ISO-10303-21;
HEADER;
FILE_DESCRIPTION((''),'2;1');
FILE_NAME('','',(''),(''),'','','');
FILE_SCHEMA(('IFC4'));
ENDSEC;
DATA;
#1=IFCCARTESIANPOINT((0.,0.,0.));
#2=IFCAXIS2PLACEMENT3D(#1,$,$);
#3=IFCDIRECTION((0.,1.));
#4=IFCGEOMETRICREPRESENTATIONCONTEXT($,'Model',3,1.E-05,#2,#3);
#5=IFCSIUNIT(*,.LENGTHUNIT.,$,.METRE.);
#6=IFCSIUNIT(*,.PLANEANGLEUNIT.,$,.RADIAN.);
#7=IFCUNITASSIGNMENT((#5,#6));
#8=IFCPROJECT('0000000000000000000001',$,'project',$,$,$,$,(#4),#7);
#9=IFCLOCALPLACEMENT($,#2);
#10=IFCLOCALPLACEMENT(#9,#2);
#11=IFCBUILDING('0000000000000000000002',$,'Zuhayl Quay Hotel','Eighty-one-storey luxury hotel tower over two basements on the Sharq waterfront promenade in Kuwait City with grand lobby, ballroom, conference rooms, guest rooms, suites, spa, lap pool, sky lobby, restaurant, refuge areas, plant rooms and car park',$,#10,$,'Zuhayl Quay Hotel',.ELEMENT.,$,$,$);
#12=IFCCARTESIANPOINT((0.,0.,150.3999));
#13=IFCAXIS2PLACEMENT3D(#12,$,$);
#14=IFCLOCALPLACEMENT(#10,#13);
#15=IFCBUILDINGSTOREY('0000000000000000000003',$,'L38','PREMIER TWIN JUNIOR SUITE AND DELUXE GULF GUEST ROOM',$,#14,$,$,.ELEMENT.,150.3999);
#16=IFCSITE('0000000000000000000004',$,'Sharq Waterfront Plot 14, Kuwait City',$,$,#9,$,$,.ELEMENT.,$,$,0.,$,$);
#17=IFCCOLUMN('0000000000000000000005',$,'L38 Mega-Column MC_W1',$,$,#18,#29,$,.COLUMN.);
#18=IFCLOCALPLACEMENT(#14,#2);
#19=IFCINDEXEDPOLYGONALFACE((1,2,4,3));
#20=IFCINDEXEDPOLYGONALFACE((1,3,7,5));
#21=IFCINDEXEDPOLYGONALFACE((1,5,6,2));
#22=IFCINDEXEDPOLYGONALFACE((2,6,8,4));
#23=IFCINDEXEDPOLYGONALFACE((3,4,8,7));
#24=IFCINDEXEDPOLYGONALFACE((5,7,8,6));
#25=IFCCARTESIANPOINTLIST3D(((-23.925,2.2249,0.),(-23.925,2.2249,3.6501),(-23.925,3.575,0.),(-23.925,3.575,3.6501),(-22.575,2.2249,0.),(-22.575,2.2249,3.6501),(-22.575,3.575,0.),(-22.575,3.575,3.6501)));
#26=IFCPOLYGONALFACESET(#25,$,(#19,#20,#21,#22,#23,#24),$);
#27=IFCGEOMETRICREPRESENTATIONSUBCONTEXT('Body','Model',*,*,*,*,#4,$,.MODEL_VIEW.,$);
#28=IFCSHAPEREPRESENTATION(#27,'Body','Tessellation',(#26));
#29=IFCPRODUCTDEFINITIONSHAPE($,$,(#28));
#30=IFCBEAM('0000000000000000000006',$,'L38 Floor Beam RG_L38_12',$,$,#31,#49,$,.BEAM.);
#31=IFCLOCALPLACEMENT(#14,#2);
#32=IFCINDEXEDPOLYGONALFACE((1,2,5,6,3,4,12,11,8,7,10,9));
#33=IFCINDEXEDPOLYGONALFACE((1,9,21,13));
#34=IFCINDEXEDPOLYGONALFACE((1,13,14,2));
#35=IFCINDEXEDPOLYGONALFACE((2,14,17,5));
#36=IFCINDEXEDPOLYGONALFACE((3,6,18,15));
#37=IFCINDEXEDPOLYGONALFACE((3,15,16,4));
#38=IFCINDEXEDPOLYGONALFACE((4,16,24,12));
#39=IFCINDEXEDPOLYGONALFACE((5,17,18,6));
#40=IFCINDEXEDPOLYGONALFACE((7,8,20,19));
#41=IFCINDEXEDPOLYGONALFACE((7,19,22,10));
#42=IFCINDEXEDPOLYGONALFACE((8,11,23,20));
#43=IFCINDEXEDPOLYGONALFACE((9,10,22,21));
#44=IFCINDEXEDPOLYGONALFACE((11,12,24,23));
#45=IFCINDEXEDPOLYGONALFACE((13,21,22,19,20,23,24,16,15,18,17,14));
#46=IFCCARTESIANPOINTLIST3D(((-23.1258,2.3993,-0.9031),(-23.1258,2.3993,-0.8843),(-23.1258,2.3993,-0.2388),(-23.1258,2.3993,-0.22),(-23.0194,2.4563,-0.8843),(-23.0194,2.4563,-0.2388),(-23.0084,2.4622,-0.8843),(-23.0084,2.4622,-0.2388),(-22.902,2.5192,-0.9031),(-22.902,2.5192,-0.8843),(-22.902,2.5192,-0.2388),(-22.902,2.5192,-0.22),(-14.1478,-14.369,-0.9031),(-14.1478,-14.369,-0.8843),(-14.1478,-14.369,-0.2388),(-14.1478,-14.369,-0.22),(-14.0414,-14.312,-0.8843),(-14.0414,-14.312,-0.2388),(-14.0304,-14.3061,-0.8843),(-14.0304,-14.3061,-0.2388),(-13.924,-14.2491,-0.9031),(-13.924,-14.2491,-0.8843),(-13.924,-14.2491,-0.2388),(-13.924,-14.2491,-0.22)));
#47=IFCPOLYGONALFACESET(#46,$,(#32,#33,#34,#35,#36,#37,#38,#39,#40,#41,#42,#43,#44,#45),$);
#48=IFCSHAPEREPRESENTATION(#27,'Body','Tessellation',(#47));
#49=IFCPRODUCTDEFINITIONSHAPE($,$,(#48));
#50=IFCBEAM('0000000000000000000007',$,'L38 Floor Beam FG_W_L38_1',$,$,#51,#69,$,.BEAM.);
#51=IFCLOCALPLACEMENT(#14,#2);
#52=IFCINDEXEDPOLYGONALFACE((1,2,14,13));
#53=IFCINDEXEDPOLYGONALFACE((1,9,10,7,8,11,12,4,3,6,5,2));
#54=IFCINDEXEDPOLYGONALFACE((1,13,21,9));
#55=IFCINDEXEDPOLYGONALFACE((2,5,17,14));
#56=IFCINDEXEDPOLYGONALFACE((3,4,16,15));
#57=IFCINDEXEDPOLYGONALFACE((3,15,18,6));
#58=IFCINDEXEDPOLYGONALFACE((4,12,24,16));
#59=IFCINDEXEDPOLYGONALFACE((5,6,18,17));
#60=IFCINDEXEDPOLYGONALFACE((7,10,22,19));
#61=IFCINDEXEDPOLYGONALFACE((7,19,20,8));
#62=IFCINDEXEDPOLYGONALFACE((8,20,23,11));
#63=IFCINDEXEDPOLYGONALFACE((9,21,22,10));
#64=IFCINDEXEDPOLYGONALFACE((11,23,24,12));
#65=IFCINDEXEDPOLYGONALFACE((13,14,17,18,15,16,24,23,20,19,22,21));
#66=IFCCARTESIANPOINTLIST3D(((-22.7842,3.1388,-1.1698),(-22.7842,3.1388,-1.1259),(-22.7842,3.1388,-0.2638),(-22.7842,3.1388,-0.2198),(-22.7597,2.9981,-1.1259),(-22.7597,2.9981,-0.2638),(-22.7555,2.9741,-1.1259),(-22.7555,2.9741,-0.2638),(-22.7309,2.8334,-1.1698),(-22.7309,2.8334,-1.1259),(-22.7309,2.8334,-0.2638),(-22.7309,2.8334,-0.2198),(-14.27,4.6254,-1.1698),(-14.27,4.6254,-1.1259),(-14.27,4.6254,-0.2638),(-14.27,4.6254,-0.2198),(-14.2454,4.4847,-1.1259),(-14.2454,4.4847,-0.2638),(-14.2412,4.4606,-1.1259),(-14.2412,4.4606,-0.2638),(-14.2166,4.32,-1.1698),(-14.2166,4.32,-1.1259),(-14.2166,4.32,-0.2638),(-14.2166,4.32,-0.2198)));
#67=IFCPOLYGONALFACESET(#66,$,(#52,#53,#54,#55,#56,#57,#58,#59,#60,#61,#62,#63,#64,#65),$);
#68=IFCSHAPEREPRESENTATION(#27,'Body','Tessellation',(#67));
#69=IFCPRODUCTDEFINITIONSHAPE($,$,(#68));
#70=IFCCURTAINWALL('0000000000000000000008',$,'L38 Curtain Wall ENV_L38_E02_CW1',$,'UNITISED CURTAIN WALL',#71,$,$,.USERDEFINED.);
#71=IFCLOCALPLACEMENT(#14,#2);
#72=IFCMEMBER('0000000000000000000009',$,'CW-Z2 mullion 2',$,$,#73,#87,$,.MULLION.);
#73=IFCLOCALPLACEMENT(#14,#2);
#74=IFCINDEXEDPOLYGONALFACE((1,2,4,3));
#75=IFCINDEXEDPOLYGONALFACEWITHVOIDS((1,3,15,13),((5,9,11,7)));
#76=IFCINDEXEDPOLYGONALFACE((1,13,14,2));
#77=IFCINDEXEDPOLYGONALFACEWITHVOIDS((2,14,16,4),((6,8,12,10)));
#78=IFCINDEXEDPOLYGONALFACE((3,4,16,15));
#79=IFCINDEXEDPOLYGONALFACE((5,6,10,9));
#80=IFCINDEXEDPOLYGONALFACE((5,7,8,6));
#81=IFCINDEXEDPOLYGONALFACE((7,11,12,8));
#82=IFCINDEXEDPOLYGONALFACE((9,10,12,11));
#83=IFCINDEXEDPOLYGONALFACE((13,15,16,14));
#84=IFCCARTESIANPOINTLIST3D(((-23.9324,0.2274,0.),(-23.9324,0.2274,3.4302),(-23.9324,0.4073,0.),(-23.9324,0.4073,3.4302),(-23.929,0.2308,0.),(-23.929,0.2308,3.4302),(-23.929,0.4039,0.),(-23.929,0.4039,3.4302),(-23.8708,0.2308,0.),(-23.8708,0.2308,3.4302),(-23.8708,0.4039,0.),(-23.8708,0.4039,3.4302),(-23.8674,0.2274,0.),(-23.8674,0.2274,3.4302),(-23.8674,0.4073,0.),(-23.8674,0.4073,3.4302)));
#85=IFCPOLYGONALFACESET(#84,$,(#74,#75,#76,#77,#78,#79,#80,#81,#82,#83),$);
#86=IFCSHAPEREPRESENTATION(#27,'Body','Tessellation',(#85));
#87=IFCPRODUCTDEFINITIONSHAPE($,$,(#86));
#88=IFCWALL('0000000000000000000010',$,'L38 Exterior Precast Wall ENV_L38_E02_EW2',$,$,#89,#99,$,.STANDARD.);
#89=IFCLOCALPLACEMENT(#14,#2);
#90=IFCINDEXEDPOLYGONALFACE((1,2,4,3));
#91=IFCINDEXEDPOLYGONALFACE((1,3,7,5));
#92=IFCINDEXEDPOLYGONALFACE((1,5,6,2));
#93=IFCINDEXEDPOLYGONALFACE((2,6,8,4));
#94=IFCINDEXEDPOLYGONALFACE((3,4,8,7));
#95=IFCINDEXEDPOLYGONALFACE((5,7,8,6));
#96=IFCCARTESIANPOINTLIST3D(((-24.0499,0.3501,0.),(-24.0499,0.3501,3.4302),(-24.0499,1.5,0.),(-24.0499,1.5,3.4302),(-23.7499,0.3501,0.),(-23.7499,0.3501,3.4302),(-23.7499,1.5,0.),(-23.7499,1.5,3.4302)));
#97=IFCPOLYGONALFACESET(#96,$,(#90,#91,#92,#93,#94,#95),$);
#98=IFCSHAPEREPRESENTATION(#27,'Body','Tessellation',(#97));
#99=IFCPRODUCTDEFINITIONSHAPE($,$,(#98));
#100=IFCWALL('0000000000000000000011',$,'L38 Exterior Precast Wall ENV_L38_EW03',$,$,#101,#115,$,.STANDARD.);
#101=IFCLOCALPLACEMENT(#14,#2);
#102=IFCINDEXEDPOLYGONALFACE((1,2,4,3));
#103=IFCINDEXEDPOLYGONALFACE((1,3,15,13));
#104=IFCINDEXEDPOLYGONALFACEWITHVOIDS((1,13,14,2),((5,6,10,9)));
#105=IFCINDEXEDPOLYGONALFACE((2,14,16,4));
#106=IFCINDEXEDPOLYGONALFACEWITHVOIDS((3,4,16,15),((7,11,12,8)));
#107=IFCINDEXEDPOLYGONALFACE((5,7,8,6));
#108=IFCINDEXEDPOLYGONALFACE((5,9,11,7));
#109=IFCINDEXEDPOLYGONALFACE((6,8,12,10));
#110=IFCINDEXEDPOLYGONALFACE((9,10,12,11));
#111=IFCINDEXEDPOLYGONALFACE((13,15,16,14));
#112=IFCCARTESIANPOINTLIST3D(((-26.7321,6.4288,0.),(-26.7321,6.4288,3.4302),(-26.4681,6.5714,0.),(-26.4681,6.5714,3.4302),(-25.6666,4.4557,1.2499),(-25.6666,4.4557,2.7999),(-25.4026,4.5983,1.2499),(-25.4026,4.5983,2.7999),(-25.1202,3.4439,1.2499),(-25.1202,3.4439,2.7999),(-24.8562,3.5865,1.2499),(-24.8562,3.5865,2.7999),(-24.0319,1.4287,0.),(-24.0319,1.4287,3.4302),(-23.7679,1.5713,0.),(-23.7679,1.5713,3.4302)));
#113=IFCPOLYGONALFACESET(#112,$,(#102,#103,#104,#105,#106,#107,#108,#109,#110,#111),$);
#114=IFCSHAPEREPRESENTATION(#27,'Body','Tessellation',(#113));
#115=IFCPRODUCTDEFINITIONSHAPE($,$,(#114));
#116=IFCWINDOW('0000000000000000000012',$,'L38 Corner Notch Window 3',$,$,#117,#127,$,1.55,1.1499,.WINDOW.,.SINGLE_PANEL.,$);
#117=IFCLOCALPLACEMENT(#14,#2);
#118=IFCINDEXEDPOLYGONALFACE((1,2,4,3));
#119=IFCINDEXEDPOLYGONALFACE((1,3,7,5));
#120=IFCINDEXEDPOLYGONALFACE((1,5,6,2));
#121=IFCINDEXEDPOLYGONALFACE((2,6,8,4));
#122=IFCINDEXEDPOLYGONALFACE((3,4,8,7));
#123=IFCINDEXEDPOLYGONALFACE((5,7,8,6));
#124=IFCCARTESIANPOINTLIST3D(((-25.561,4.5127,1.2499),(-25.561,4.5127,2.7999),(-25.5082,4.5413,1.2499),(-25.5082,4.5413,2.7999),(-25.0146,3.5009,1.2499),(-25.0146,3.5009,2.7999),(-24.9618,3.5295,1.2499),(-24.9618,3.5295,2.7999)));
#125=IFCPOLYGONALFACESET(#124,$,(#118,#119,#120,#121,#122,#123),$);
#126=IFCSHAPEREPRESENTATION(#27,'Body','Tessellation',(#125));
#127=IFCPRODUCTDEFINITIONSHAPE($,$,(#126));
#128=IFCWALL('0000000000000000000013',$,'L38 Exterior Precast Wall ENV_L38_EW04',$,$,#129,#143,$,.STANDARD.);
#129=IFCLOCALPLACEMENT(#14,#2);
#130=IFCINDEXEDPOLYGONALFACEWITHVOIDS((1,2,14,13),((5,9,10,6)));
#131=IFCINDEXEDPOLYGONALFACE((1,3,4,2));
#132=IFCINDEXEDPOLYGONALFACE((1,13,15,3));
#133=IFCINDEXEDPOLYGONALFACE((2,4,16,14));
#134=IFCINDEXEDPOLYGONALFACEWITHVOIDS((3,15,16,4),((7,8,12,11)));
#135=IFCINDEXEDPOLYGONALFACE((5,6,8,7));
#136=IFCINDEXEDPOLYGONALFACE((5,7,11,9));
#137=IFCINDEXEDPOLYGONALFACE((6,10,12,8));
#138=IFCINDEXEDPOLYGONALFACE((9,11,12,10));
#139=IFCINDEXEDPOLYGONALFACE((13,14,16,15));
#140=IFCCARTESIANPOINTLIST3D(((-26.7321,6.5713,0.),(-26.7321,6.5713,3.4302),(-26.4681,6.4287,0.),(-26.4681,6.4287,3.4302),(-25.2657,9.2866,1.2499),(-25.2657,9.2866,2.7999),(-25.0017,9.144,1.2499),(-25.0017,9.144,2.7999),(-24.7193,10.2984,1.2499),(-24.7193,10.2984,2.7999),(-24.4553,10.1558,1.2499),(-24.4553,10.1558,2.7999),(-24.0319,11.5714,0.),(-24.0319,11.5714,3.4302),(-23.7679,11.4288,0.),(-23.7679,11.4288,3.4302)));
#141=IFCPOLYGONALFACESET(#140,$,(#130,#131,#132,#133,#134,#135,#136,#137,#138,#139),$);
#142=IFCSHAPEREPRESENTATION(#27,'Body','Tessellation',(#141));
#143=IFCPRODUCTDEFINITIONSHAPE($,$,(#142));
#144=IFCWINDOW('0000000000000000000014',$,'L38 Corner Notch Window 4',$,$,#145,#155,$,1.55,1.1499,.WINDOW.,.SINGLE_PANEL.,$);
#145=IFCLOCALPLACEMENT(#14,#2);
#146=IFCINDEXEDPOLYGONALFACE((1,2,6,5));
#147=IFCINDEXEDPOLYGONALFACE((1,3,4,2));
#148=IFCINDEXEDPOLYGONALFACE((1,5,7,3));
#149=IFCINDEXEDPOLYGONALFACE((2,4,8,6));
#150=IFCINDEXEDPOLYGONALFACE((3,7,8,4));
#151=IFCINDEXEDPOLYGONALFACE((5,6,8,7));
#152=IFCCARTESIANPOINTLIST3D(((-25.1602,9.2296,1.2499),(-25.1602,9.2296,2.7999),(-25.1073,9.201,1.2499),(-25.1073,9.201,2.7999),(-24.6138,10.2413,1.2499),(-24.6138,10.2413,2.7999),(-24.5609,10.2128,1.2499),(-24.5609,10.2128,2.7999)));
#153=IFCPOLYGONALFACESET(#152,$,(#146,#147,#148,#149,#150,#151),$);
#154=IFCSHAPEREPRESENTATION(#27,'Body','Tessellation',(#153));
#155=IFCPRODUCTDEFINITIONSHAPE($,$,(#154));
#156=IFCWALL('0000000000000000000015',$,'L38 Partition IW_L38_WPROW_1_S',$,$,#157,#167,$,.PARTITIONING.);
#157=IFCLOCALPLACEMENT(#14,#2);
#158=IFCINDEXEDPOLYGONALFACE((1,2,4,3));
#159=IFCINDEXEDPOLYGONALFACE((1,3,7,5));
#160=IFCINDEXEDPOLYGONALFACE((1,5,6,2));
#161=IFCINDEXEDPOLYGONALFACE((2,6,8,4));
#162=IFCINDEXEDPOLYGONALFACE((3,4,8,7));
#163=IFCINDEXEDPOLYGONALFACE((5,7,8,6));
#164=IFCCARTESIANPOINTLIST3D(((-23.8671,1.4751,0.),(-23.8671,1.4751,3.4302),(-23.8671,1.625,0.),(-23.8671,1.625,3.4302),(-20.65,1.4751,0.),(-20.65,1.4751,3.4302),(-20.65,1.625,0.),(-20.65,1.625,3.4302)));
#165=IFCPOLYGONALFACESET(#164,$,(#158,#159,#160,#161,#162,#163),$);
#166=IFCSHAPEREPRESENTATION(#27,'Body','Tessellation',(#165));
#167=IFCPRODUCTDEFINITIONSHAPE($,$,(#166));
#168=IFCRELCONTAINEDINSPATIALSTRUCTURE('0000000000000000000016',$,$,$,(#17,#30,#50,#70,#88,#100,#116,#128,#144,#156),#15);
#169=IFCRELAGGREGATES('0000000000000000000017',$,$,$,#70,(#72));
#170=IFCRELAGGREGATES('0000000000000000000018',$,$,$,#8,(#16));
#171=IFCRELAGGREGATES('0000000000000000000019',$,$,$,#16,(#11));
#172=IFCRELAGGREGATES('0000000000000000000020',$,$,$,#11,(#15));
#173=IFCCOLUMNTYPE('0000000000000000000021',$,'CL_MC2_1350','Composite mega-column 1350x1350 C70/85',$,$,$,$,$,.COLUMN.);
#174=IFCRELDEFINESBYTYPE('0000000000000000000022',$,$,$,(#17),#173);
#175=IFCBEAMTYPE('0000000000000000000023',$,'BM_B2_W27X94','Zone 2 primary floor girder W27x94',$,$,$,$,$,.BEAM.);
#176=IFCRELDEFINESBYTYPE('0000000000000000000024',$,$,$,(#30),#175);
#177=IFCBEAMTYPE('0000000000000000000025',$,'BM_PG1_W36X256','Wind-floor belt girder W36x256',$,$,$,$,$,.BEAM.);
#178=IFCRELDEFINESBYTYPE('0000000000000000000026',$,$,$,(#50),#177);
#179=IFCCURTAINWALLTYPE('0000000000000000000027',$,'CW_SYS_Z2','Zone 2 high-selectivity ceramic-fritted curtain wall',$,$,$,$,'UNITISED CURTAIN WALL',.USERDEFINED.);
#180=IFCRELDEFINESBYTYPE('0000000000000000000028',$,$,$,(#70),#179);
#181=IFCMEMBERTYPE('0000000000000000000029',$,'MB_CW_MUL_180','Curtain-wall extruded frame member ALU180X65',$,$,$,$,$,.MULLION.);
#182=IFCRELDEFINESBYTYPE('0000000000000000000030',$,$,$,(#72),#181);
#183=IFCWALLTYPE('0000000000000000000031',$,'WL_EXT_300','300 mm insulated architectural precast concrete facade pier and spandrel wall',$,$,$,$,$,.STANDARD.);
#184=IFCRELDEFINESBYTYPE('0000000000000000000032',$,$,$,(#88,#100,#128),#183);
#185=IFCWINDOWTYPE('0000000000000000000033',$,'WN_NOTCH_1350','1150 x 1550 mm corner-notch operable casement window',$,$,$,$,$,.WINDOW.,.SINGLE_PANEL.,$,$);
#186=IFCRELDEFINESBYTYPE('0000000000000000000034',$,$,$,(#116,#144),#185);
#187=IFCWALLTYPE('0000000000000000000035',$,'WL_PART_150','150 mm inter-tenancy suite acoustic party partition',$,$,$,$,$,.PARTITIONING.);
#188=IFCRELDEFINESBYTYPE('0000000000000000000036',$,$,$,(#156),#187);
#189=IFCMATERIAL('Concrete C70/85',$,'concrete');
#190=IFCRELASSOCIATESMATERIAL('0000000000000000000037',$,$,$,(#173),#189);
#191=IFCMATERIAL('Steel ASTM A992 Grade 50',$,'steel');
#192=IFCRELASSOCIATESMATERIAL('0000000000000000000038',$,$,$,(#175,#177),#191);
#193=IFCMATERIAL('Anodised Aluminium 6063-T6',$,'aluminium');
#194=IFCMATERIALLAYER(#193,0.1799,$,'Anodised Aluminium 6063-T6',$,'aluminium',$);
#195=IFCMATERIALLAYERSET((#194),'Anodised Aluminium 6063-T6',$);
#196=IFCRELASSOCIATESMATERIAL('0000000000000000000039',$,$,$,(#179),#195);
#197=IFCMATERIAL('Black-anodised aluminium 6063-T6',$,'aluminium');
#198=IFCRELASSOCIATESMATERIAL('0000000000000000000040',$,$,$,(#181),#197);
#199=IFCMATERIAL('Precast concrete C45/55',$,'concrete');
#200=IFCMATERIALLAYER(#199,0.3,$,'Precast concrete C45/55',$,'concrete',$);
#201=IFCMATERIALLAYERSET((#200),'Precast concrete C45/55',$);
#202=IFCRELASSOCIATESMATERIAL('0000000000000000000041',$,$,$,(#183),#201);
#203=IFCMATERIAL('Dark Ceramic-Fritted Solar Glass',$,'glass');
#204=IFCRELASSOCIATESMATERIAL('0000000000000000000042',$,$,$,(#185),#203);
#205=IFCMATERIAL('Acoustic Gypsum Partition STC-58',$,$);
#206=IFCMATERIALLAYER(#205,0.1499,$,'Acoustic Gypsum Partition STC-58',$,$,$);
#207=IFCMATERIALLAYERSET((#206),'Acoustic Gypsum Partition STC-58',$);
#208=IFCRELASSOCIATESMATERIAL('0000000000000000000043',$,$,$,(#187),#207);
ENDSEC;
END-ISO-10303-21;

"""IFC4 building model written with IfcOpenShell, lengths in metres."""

from ifc_helpers import new_model, si_unit, direction, frame, frame_2d, origin, origin_2d, place, context, subcontext, project, spatial, rectangle, hollow_rectangle, i_section, extrude, material, layer, layer_set, material_profile, profile_set, type_object, element, fill, aggregate, save


model = new_model("IFC4")

# Units and contexts
model_context = context("Model", 3, precision=1e-05, world=origin(), true_north=direction((0.0, 1.0)))
body_context = subcontext(model_context, "Body", "Model", "MODEL_VIEW")
ifc_project = project(units=[si_unit("LENGTHUNIT", "METRE"), si_unit("PLANEANGLEUNIT", "RADIAN")], contexts=[model_context])

# Site, building, storey
site_placement = place(None, origin())
site = spatial("IfcSite", under=ifc_project, at=site_placement, Name="Sharq Waterfront Plot 14, Kuwait City", CompositionType="ELEMENT", RefElevation=0.0)
building_placement = place(site_placement, origin())
building = spatial("IfcBuilding", under=site, at=building_placement, Name="Zuhayl Quay Hotel", Description="Eighty-one-storey luxury hotel tower over two basements on the Sharq waterfront promenade in Kuwait City with grand lobby, ballroom, conference rooms, guest rooms, suites, spa, lap pool, sky lobby, restaurant, refuge areas, plant rooms and car park", LongName="Zuhayl Quay Hotel", CompositionType="ELEMENT")
storey_placement = place(building_placement, frame((0.0, 0.0, 150.3999)))
storey = spatial("IfcBuildingStorey", under=building, at=storey_placement, Name="L38", Description="PREMIER TWIN JUNIOR SUITE AND DELUXE GULF GUEST ROOM", CompositionType="ELEMENT", Elevation=150.3999)

# Column
ifc_material_1 = material(Name="Concrete C70/85", Category="concrete")
ifc_material_profile_1 = material_profile(ifc_material_1, rectangle(XDim=1.3501, YDim=1.3501, at=origin_2d()), Name="RC1350X1350")
ifc_profile_set_1 = profile_set([ifc_material_profile_1], Name="Concrete C70/85")
column_type = type_object("IfcColumnType", Name="CL_MC2_1350", Description="Composite mega-column 1350x1350 C70/85", PredefinedType="COLUMN", material=ifc_profile_set_1)
column_placement = place(storey_placement, frame((-23.25, 2.8999, 0.0), z_axis=(0.0, 0.0, 1.0), x_axis=(1.0, 0.0, 0.0)))
element("IfcColumn", 1, at=column_placement, inside=storey, type_object=column_type, Name="L38 Mega-Column MC_W1", PredefinedType="COLUMN", context=body_context, shape_type="SweptSolid", body=[
    extrude(rectangle(XDim=1.3501, YDim=1.3501, at=origin_2d()), origin(), (0.0, 0.0, 1.0), 3.6501),
])

# Beams
ifc_material_2 = material(Name="Steel ASTM A992 Grade 50", Category="steel")
ifc_material_profile_2 = material_profile(ifc_material_2, i_section(OverallWidth=0.2539, OverallDepth=0.6831, WebThickness=0.0125, FlangeThickness=0.0188, at=origin_2d()), Name="W27X94")
ifc_profile_set_2 = profile_set([ifc_material_profile_2], Name="Steel ASTM A992 Grade 50")
beam_type_1 = type_object("IfcBeamType", Name="BM_B2_W27X94", Description="Zone 2 primary floor girder W27x94", PredefinedType="BEAM", material=ifc_profile_set_2)
beam_1_placement = place(storey_placement, frame((-23.0139, 2.4592, -0.5615), z_axis=(0.472017, -0.881589, 0.0), x_axis=(0.881589, 0.472017, 0.0)))
element("IfcBeam", 2, at=beam_1_placement, inside=storey, type_object=beam_type_1, Name="L38 Floor Beam RG_L38_12", PredefinedType="BEAM", context=body_context, shape_type="SweptSolid", body=[
    extrude(i_section(OverallWidth=0.2539, OverallDepth=0.6831, WebThickness=0.0125, FlangeThickness=0.0188, at=origin_2d()), origin(), (0.0, 0.0, 1.0), 19.0205),
])
ifc_material_profile_3 = material_profile(ifc_material_2, i_section(OverallWidth=0.3101, OverallDepth=0.95, WebThickness=0.0244, FlangeThickness=0.0439, at=origin_2d()), Name="W36X256")
ifc_profile_set_3 = profile_set([ifc_material_profile_3], Name="Steel ASTM A992 Grade 50")
beam_type_2 = type_object("IfcBeamType", Name="BM_PG1_W36X256", Description="Wind-floor belt girder W36x256", PredefinedType="BEAM", material=ifc_profile_set_3)
beam_2_placement = place(storey_placement, frame((-22.7576, 2.9861, -0.6948), z_axis=(0.985097, 0.171998, 0.0), x_axis=(-0.171998, 0.985097, 0.0)))
element("IfcBeam", 3, at=beam_2_placement, inside=storey, type_object=beam_type_2, Name="L38 Floor Beam FG_W_L38_1", PredefinedType="BEAM", context=body_context, shape_type="SweptSolid", body=[
    extrude(i_section(OverallWidth=0.3101, OverallDepth=0.95, WebThickness=0.0244, FlangeThickness=0.0439, at=origin_2d()), origin(), (0.0, 0.0, 1.0), 8.6431),
])

# Curtain wall, member
ifc_material_3 = material(Name="Anodised Aluminium 6063-T6", Category="aluminium")
ifc_layer_1 = layer(ifc_material_3, 0.1799, Name="Anodised Aluminium 6063-T6", Category="aluminium")
ifc_layer_set_1 = layer_set([ifc_layer_1], Name="Anodised Aluminium 6063-T6")
curtain_wall_type = type_object("IfcCurtainWallType", Name="CW_SYS_Z2", Description="Zone 2 high-selectivity ceramic-fritted curtain wall", ElementType="UNITISED CURTAIN WALL", PredefinedType="USERDEFINED", material=ifc_layer_set_1)
curtain_wall_placement = place(storey_placement, origin())
curtain_wall = element("IfcCurtainWall", 4, at=curtain_wall_placement, inside=storey, type_object=curtain_wall_type, Name="L38 Curtain Wall ENV_L38_E02_CW1", ObjectType="UNITISED CURTAIN WALL", PredefinedType="USERDEFINED")
ifc_material_4 = material(Name="Black-anodised aluminium 6063-T6", Category="aluminium")
ifc_material_profile_4 = material_profile(ifc_material_4, hollow_rectangle(XDim=0.0649, YDim=0.1799, WallThickness=0.0034, at=origin_2d()), Name="ALU180X65")
ifc_profile_set_4 = profile_set([ifc_material_profile_4], Name="Black-anodised aluminium 6063-T6")
member_type = type_object("IfcMemberType", Name="MB_CW_MUL_180", Description="Curtain-wall extruded frame member ALU180X65", PredefinedType="MULLION", material=ifc_profile_set_4)
member_placement = place(storey_placement, frame((-23.8999, 0.3174, 0.0), z_axis=(0.0, 0.0, 1.0), x_axis=(-1.0, 0.0, 0.0)))
member = element("IfcMember", 5, at=member_placement, type_object=member_type, Name="CW-Z2 mullion 2", PredefinedType="MULLION", context=body_context, shape_type="SweptSolid", body=[
    extrude(hollow_rectangle(XDim=0.0649, YDim=0.1799, WallThickness=0.0034, at=origin_2d()), origin(), (0.0, 0.0, 1.0), 3.4302),
])
aggregate(curtain_wall, [member])

# Wall
ifc_material_5 = material(Name="Precast concrete C45/55", Category="concrete")
ifc_layer_2 = layer(ifc_material_5, 0.3, Name="Precast concrete C45/55", Category="concrete")
ifc_layer_set_2 = layer_set([ifc_layer_2], Name="Precast concrete C45/55")
wall_type_1 = type_object("IfcWallType", Name="WL_EXT_300", Description="300 mm insulated architectural precast concrete facade pier and spandrel wall", PredefinedType="STANDARD", material=ifc_layer_set_2)
wall_1_placement = place(storey_placement, frame((-23.8999, 0.3501, 0.0), z_axis=(0.0, 0.0, 1.0), x_axis=(0.0, 1.0, 0.0)))
element("IfcWall", 6, at=wall_1_placement, inside=storey, type_object=wall_type_1, Name="L38 Exterior Precast Wall ENV_L38_E02_EW2", PredefinedType="STANDARD", context=body_context, shape_type="SweptSolid", body=[
    extrude(rectangle(XDim=1.1499, YDim=0.3, at=frame_2d((0.575, 0.0))), origin(), (0.0, 0.0, 1.0), 3.4302),
])

# Walls, openings, windows
wall_2_placement = place(storey_placement, frame((-23.8999, 1.5, 0.0), z_axis=(0.0, 0.0, 1.0), x_axis=(-0.475176, 0.879891, 0.0)))
wall_2 = element("IfcWall", 7, at=wall_2_placement, inside=storey, type_object=wall_type_1, Name="L38 Exterior Precast Wall ENV_L38_EW03", PredefinedType="STANDARD", context=body_context, shape_type="SweptSolid", body=[
    extrude(rectangle(XDim=5.6826, YDim=0.3, at=frame_2d((2.8413, 0.0))), origin(), (0.0, 0.0, 1.0), 3.4302),
])
opening_1_placement = place(wall_2_placement, frame((2.2903, 0.0, 1.25)))
opening_1 = element("IfcOpeningElement", 8, at=opening_1_placement, cuts=wall_2, PredefinedType="OPENING", context=body_context, shape_type="SweptSolid", body=[
    extrude(rectangle(XDim=1.1499, YDim=1.55, at=frame_2d((0.575, 0.7749))), frame((0.0, 0.1599, 0.0), z_axis=(0.0, -1.0, 0.0), x_axis=(1.0, 0.0, 0.0)), (0.0, 0.0, 1.0), 0.3201),
])
ifc_material_6 = material(Name="Dark Ceramic-Fritted Solar Glass", Category="glass")
window_type = type_object("IfcWindowType", Name="WN_NOTCH_1350", Description="1150 x 1550 mm corner-notch operable casement window", PartitioningType="SINGLE_PANEL", PredefinedType="WINDOW", material=ifc_material_6)
window_1_placement = place(opening_1_placement, origin())
window_1 = element("IfcWindow", 9, at=window_1_placement, inside=storey, type_object=window_type, Name="L38 Corner Notch Window 3", OverallHeight=1.55, OverallWidth=1.1499, PartitioningType="SINGLE_PANEL", PredefinedType="WINDOW", context=body_context, shape_type="SweptSolid", body=[
    extrude(rectangle(XDim=1.1499, YDim=1.55, at=frame_2d((0.575, 0.7749))), frame((0.0, 0.03, 0.0), z_axis=(0.0, -1.0, 0.0), x_axis=(1.0, 0.0, 0.0)), (0.0, 0.0, 1.0), 0.0601),
])
fill(opening_1, window_1)
wall_3_placement = place(storey_placement, frame((-26.6001, 6.5, 0.0), z_axis=(0.0, 0.0, 1.0), x_axis=(0.475176, 0.879891, 0.0)))
wall_3 = element("IfcWall", 10, at=wall_3_placement, inside=storey, type_object=wall_type_1, Name="L38 Exterior Precast Wall ENV_L38_EW04", PredefinedType="STANDARD", context=body_context, shape_type="SweptSolid", body=[
    extrude(rectangle(XDim=5.6826, YDim=0.3, at=frame_2d((2.8413, 0.0))), origin(), (0.0, 0.0, 1.0), 3.4302),
])
opening_2_placement = place(wall_3_placement, frame((3.0859, 0.0, 1.25)))
opening_2 = element("IfcOpeningElement", 11, at=opening_2_placement, cuts=wall_3, PredefinedType="OPENING", context=body_context, shape_type="SweptSolid", body=[
    extrude(rectangle(XDim=1.1499, YDim=1.55, at=frame_2d((0.575, 0.7749))), frame((0.0, 0.1599, 0.0), z_axis=(0.0, -1.0, 0.0), x_axis=(1.0, 0.0, 0.0)), (0.0, 0.0, 1.0), 0.3201),
])
window_2_placement = place(opening_2_placement, origin())
window_2 = element("IfcWindow", 12, at=window_2_placement, inside=storey, type_object=window_type, Name="L38 Corner Notch Window 4", OverallHeight=1.55, OverallWidth=1.1499, PartitioningType="SINGLE_PANEL", PredefinedType="WINDOW", context=body_context, shape_type="SweptSolid", body=[
    extrude(rectangle(XDim=1.1499, YDim=1.55, at=frame_2d((0.575, 0.7749))), frame((0.0, 0.03, 0.0), z_axis=(0.0, -1.0, 0.0), x_axis=(1.0, 0.0, 0.0)), (0.0, 0.0, 1.0), 0.0601),
])
fill(opening_2, window_2)

# Wall
ifc_material_7 = material(Name="Acoustic Gypsum Partition STC-58")
ifc_layer_3 = layer(ifc_material_7, 0.1499, Name="Acoustic Gypsum Partition STC-58")
ifc_layer_set_3 = layer_set([ifc_layer_3], Name="Acoustic Gypsum Partition STC-58")
wall_type_2 = type_object("IfcWallType", Name="WL_PART_150", Description="150 mm inter-tenancy suite acoustic party partition", PredefinedType="PARTITIONING", material=ifc_layer_set_3)
wall_4_placement = place(storey_placement, frame((-23.8669, 1.55, 0.0), z_axis=(0.0, 0.0, 1.0), x_axis=(1.0, 0.0, 0.0)))
element("IfcWall", 13, at=wall_4_placement, inside=storey, type_object=wall_type_2, Name="L38 Partition IW_L38_WPROW_1_S", PredefinedType="PARTITIONING", context=body_context, shape_type="SweptSolid", body=[
    extrude(rectangle(XDim=3.217, YDim=0.1499, at=frame_2d((1.6084, 0.0))), origin(), (0.0, 0.0, 1.0), 3.4302),
])

save(model, "model.ifc")
